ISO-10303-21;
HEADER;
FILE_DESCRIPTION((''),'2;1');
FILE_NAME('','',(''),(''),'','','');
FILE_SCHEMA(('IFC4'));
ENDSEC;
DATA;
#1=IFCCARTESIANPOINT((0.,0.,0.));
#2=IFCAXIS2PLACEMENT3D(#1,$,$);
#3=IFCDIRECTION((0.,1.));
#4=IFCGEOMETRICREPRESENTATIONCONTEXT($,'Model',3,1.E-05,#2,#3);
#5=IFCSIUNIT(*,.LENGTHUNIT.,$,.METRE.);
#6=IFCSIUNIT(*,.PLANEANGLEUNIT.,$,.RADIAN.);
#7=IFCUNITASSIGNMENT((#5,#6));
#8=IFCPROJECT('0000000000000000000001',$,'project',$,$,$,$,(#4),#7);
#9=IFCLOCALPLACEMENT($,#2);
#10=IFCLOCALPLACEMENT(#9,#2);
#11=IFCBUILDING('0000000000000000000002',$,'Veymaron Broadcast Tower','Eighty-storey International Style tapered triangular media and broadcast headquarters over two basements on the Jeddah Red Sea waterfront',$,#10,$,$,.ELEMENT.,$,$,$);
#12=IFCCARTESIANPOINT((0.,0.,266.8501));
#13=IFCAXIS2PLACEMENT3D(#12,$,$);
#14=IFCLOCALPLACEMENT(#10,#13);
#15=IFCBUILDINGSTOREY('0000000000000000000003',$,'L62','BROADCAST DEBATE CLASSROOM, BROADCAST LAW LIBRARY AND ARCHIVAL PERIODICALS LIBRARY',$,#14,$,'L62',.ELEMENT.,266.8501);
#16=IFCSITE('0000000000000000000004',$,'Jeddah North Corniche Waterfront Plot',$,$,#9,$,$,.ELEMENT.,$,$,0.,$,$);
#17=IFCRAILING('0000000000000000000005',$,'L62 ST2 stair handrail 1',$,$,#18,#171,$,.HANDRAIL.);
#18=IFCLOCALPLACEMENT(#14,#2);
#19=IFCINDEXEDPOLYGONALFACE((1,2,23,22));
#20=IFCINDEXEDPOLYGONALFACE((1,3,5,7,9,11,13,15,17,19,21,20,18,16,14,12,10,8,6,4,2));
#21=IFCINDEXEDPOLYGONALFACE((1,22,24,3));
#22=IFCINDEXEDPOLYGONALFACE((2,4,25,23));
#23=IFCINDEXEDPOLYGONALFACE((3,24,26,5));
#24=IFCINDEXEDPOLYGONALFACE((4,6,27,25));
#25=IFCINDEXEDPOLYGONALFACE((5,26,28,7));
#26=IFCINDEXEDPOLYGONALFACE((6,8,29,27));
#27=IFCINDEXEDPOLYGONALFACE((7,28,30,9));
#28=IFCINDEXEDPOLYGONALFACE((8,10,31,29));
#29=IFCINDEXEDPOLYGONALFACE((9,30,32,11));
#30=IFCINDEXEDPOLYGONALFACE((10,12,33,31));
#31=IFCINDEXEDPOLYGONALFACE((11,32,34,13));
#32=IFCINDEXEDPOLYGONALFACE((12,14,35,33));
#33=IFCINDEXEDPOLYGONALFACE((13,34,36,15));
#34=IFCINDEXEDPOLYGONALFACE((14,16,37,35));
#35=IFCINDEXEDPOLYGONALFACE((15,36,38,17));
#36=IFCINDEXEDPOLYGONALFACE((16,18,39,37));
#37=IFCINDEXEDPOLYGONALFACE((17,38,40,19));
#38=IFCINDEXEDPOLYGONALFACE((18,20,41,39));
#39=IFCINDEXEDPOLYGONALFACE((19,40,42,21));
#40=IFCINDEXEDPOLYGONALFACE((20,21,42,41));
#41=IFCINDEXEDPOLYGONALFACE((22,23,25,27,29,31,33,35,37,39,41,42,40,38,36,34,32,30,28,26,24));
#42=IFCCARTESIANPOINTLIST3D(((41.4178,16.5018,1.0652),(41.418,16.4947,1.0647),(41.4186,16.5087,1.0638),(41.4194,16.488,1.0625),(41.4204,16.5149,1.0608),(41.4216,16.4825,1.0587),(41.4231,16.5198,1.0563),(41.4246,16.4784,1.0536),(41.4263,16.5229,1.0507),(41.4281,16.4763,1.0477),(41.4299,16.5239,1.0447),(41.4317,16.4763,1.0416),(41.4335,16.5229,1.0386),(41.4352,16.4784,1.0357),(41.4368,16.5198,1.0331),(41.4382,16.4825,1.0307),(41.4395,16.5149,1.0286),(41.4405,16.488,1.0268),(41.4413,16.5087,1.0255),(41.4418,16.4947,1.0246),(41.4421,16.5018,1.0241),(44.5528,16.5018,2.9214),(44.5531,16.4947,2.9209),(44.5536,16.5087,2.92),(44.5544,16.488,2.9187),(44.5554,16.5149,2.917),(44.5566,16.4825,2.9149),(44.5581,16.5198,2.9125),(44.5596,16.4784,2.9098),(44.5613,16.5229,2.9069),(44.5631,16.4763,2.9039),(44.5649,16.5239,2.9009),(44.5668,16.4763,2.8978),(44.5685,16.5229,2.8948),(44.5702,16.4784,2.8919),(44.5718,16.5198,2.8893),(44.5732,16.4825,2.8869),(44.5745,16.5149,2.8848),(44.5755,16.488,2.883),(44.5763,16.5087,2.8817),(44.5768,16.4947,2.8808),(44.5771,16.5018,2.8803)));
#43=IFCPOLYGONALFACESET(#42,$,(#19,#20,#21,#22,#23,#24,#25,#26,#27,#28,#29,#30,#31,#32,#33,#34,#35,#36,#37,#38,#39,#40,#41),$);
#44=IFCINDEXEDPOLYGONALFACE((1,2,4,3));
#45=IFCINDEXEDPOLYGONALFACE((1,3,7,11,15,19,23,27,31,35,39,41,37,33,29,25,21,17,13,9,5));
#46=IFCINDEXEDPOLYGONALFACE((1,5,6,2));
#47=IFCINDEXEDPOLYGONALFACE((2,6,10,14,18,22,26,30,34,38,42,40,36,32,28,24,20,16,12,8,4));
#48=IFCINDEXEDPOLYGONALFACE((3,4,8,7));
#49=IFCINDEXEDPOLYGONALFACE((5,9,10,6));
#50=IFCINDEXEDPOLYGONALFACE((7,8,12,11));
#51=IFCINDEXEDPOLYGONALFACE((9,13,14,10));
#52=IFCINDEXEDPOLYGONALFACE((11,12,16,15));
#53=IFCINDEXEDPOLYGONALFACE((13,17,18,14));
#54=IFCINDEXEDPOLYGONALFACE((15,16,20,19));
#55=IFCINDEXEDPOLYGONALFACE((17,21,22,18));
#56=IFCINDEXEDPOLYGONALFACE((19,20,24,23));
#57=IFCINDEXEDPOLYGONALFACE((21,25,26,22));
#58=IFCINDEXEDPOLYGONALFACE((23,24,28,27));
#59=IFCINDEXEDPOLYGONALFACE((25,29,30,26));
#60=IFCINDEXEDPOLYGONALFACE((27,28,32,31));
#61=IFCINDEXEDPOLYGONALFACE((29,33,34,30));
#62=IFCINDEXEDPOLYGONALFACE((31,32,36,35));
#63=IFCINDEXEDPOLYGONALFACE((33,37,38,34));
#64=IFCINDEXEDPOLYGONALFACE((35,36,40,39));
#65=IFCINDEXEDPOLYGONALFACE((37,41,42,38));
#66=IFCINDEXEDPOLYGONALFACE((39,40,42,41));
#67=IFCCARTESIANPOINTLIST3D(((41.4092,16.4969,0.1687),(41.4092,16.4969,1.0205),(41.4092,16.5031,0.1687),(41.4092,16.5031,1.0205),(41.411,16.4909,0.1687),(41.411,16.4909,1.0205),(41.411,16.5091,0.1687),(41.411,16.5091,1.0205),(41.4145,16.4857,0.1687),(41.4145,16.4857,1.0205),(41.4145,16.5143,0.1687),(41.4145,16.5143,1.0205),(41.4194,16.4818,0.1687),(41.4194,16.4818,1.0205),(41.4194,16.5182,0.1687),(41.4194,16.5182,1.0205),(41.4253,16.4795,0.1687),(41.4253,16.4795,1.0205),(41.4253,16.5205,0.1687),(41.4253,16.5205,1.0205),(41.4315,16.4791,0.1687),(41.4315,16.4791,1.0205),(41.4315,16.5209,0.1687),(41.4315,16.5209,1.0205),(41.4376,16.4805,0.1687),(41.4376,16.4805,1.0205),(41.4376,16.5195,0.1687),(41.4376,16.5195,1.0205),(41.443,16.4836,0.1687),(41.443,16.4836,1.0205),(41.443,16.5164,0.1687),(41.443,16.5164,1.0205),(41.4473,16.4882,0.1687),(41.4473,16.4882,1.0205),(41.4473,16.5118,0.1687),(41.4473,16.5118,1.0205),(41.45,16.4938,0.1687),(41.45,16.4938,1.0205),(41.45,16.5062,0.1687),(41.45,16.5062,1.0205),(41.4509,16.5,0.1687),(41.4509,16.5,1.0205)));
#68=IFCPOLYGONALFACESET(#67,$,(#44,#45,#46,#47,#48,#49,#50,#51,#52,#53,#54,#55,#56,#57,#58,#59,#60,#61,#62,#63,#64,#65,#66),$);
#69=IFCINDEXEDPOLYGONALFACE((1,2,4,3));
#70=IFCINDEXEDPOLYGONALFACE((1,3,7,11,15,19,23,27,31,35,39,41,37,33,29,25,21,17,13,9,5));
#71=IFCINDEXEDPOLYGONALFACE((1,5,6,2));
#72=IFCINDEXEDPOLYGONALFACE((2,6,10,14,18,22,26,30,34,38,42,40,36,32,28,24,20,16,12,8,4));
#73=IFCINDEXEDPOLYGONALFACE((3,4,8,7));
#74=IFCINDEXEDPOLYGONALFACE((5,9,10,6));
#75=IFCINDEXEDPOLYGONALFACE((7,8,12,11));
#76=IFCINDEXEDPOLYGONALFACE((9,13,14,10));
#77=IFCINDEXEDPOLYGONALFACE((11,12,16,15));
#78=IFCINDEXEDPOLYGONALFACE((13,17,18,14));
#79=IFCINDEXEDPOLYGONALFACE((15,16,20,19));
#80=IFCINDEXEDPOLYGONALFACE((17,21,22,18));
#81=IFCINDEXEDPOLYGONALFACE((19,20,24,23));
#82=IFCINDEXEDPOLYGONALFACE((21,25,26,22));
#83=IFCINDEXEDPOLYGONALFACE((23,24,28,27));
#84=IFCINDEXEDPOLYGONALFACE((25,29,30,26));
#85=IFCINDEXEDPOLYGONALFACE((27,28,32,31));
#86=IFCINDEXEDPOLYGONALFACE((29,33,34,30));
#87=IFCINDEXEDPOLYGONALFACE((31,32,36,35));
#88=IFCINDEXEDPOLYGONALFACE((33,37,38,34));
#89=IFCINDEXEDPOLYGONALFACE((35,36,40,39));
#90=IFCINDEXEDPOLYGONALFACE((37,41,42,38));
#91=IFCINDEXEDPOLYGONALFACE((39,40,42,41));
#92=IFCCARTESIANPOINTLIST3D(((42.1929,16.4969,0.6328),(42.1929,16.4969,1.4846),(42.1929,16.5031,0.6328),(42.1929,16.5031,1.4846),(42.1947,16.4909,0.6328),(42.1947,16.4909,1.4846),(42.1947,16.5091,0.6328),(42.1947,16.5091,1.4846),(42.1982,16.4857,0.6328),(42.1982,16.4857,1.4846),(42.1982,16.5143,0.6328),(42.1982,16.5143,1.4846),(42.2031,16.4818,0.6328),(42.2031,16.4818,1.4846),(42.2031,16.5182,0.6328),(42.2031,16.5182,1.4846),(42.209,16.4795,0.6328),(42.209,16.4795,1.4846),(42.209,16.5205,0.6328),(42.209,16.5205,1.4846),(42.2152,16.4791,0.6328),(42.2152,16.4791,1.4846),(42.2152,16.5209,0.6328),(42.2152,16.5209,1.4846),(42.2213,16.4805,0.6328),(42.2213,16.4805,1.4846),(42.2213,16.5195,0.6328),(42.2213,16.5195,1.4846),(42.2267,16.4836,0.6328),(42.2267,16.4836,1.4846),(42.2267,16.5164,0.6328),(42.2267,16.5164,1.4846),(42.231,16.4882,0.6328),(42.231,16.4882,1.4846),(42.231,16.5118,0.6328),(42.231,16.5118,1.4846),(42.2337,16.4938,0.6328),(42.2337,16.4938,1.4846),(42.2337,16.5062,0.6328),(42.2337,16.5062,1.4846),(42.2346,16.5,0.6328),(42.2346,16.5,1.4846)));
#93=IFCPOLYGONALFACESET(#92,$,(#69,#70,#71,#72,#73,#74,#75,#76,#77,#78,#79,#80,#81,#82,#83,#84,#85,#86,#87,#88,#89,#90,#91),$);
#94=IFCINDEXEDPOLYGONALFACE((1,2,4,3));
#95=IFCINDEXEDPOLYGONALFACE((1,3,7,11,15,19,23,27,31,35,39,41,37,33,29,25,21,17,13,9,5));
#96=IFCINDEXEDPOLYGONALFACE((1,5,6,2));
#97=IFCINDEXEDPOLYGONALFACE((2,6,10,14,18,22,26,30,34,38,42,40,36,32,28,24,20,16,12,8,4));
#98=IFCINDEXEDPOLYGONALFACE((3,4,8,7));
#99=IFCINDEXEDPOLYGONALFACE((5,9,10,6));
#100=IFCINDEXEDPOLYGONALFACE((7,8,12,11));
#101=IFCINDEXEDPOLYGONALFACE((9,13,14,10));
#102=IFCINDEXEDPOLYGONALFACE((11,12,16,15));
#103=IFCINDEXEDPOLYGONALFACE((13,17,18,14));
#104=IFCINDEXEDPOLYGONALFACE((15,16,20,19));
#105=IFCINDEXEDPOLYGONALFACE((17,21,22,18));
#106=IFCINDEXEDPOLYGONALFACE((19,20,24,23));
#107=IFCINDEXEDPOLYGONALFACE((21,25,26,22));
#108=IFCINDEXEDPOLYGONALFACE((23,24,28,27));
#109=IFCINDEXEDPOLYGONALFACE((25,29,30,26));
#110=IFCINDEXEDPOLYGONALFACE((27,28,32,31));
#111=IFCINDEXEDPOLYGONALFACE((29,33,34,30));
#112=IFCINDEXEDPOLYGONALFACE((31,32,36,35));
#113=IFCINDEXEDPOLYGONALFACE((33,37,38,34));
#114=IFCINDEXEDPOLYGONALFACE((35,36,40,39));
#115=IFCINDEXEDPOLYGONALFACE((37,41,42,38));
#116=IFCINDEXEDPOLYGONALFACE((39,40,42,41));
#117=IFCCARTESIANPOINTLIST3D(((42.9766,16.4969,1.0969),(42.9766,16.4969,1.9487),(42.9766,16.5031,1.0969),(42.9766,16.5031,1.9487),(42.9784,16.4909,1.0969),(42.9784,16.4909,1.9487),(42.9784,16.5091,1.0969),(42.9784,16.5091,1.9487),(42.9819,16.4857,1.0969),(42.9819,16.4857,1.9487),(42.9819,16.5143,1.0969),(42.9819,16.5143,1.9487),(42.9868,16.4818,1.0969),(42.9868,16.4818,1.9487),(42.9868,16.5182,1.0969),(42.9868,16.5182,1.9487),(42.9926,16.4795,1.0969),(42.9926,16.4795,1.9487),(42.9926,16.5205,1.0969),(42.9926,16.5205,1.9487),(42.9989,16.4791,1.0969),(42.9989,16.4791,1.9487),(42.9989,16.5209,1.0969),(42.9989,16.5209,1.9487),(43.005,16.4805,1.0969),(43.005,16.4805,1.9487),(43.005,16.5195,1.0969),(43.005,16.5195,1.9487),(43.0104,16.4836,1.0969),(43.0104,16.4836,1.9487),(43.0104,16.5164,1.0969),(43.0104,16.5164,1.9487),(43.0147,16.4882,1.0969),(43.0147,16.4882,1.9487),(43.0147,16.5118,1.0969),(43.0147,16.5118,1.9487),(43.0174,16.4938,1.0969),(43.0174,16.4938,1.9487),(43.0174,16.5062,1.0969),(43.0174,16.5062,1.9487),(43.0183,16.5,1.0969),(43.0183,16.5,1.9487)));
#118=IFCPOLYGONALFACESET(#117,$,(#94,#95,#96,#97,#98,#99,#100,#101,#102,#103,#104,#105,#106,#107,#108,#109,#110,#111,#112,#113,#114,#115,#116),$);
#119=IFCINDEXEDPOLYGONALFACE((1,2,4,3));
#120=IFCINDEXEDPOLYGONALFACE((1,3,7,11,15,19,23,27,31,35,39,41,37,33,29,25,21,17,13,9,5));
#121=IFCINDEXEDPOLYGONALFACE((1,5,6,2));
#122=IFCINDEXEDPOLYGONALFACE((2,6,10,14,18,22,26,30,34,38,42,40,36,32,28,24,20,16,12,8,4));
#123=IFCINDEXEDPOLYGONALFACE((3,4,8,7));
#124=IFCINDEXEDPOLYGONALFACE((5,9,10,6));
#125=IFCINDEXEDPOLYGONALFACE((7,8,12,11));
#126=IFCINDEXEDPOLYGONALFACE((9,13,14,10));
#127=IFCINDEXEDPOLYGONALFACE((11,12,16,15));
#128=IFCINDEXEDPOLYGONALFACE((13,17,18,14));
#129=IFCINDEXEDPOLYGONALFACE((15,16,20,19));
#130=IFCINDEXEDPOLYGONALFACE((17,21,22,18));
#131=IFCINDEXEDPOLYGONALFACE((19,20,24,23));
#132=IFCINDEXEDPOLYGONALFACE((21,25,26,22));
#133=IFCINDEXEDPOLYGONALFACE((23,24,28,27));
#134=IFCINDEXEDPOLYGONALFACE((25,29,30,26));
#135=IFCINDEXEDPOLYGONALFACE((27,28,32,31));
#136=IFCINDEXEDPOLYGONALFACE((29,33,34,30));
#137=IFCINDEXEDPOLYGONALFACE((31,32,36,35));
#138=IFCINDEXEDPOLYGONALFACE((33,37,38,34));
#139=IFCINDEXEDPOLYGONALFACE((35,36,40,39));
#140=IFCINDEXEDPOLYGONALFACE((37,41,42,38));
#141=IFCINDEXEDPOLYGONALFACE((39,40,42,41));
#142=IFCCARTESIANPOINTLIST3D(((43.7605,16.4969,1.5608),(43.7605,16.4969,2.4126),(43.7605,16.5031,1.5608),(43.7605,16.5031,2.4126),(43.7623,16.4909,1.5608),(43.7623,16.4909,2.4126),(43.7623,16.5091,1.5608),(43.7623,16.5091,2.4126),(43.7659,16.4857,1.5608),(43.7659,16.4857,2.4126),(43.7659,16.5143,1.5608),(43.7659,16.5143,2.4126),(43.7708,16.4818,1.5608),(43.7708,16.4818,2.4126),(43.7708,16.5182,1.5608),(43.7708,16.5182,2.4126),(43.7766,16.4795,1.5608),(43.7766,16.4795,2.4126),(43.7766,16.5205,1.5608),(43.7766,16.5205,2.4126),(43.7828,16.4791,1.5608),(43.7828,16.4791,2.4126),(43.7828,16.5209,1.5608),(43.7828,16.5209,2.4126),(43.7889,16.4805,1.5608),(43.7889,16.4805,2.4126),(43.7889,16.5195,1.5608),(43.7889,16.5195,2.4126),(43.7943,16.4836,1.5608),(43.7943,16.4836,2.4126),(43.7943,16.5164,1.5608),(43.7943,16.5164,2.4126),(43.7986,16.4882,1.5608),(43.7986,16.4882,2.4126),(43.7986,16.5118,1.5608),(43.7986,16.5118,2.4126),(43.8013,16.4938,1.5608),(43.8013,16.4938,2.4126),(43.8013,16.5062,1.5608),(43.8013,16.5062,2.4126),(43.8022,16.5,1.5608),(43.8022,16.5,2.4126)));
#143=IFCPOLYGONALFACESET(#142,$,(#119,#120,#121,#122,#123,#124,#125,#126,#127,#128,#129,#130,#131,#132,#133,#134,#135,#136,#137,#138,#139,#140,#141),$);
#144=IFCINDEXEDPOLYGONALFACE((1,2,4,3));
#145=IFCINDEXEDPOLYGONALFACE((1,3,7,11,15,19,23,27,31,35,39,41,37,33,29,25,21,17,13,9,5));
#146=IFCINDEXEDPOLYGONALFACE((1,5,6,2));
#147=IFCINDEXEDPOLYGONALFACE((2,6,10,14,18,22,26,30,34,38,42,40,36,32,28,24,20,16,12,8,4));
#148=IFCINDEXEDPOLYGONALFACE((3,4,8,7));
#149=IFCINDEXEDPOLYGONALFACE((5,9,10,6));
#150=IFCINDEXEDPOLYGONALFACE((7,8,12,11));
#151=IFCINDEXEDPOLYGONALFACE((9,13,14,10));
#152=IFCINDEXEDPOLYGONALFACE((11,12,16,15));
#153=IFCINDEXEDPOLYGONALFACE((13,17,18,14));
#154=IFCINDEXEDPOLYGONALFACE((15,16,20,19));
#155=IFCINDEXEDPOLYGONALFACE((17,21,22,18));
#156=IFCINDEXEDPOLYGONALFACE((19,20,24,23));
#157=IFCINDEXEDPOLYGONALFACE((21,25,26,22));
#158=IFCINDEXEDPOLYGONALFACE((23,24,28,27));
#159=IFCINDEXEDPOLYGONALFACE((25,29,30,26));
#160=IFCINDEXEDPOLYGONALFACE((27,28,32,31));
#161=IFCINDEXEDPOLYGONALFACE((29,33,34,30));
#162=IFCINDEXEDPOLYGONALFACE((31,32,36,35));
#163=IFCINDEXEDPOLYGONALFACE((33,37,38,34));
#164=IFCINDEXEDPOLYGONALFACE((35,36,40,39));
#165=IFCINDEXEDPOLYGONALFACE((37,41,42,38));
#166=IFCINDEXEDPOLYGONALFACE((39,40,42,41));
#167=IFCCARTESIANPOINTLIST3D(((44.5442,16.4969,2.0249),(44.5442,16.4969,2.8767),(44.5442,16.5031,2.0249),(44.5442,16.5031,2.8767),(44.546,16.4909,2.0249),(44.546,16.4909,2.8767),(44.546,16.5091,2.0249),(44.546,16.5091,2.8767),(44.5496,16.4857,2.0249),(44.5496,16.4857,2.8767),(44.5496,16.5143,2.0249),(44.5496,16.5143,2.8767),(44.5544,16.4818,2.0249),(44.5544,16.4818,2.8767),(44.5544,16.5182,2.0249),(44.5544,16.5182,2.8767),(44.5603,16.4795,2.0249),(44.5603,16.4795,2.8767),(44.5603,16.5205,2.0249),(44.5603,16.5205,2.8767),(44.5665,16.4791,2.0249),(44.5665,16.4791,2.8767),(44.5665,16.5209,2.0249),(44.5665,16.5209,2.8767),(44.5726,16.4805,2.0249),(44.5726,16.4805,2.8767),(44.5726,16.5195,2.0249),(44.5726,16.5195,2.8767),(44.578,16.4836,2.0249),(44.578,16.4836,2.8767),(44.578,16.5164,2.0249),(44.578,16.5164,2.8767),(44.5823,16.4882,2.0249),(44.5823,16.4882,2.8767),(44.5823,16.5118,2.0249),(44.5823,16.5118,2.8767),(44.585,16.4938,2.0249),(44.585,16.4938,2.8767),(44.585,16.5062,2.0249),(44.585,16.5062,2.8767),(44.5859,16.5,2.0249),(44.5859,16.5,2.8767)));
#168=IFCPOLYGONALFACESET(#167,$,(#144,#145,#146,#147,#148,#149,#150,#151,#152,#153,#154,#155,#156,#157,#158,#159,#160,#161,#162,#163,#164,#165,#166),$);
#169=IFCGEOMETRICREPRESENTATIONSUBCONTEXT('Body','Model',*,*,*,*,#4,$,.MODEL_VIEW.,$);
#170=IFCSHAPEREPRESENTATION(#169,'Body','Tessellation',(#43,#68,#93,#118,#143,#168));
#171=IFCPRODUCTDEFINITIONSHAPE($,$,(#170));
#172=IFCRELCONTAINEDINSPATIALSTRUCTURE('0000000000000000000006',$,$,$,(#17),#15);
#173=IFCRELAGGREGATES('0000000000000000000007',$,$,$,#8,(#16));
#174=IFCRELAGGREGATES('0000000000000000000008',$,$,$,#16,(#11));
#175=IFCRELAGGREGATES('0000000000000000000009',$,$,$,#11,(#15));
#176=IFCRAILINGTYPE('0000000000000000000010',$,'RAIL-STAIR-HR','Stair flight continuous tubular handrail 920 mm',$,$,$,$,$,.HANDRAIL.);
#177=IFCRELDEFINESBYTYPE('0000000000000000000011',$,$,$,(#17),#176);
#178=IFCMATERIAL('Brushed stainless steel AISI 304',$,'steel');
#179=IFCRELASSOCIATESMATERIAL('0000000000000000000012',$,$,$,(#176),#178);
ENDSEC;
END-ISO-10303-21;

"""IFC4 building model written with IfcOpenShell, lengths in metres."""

from ifc_helpers import new_model, si_unit, direction, frame, origin, origin_2d, place, context, subcontext, project, spatial, circle, extrude, material, type_object, element, save


model = new_model("IFC4")

# Units and contexts
model_context = context("Model", 3, precision=1e-05, world=origin(), true_north=direction((0.0, 1.0)))
body_context = subcontext(model_context, "Body", "Model", "MODEL_VIEW")
ifc_project = project(units=[si_unit("LENGTHUNIT", "METRE"), si_unit("PLANEANGLEUNIT", "RADIAN")], contexts=[model_context])

# Site, building, storey
site_placement = place(None, origin())
site = spatial("IfcSite", under=ifc_project, at=site_placement, Name="Jeddah North Corniche Waterfront Plot", CompositionType="ELEMENT", RefElevation=0.0)
building_placement = place(site_placement, origin())
building = spatial("IfcBuilding", under=site, at=building_placement, Name="Veymaron Broadcast Tower", Description="Eighty-storey International Style tapered triangular media and broadcast headquarters over two basements on the Jeddah Red Sea waterfront", CompositionType="ELEMENT")
storey_placement = place(building_placement, frame((0.0, 0.0, 266.8501)))
storey = spatial("IfcBuildingStorey", under=building, at=storey_placement, Name="L62", Description="BROADCAST DEBATE CLASSROOM, BROADCAST LAW LIBRARY AND ARCHIVAL PERIODICALS LIBRARY", LongName="L62", CompositionType="ELEMENT", Elevation=266.8501)

# Railing
ifc_material_1 = material(Name="Brushed stainless steel AISI 304", Category="steel")
railing_type_1 = type_object("IfcRailingType", Name="RAIL-STAIR-HR", Description="Stair flight continuous tubular handrail 920 mm", PredefinedType="HANDRAIL", material=ifc_material_1)
railing_1_placement = place(storey_placement, frame((41.4299, 16.5, 0.1687)))
element("IfcRailing", 1, at=railing_1_placement, inside=storey, type_object=railing_type_1, Name="L62 ST2 stair handrail 1", PredefinedType="HANDRAIL", context=body_context, shape_type="SweptSolid", body=[
    extrude(circle(Radius=0.0239, at=origin_2d()), frame((0.0, 0.0, 0.876), z_axis=(0.860482, 0.0, 0.509481), x_axis=(0.0, 1.0, 0.0)), (0.0, 0.0, 1.0), 3.6433),
    extrude(circle(Radius=0.021, at=origin_2d()), origin(), (0.0, 0.0, 1.0), 0.8518),
    extrude(circle(Radius=0.021, at=origin_2d()), frame((0.7837, 0.0, 0.4641)), (0.0, 0.0, 1.0), 0.8518),
    extrude(circle(Radius=0.021, at=origin_2d()), frame((1.5674, 0.0, 0.9282)), (0.0, 0.0, 1.0), 0.8518),
    extrude(circle(Radius=0.021, at=origin_2d()), frame((2.3513, 0.0, 1.3921)), (0.0, 0.0, 1.0), 0.8518),
    extrude(circle(Radius=0.021, at=origin_2d()), frame((3.135, 0.0, 1.8562)), (0.0, 0.0, 1.0), 0.8518),
])

save(model, "model.ifc")
